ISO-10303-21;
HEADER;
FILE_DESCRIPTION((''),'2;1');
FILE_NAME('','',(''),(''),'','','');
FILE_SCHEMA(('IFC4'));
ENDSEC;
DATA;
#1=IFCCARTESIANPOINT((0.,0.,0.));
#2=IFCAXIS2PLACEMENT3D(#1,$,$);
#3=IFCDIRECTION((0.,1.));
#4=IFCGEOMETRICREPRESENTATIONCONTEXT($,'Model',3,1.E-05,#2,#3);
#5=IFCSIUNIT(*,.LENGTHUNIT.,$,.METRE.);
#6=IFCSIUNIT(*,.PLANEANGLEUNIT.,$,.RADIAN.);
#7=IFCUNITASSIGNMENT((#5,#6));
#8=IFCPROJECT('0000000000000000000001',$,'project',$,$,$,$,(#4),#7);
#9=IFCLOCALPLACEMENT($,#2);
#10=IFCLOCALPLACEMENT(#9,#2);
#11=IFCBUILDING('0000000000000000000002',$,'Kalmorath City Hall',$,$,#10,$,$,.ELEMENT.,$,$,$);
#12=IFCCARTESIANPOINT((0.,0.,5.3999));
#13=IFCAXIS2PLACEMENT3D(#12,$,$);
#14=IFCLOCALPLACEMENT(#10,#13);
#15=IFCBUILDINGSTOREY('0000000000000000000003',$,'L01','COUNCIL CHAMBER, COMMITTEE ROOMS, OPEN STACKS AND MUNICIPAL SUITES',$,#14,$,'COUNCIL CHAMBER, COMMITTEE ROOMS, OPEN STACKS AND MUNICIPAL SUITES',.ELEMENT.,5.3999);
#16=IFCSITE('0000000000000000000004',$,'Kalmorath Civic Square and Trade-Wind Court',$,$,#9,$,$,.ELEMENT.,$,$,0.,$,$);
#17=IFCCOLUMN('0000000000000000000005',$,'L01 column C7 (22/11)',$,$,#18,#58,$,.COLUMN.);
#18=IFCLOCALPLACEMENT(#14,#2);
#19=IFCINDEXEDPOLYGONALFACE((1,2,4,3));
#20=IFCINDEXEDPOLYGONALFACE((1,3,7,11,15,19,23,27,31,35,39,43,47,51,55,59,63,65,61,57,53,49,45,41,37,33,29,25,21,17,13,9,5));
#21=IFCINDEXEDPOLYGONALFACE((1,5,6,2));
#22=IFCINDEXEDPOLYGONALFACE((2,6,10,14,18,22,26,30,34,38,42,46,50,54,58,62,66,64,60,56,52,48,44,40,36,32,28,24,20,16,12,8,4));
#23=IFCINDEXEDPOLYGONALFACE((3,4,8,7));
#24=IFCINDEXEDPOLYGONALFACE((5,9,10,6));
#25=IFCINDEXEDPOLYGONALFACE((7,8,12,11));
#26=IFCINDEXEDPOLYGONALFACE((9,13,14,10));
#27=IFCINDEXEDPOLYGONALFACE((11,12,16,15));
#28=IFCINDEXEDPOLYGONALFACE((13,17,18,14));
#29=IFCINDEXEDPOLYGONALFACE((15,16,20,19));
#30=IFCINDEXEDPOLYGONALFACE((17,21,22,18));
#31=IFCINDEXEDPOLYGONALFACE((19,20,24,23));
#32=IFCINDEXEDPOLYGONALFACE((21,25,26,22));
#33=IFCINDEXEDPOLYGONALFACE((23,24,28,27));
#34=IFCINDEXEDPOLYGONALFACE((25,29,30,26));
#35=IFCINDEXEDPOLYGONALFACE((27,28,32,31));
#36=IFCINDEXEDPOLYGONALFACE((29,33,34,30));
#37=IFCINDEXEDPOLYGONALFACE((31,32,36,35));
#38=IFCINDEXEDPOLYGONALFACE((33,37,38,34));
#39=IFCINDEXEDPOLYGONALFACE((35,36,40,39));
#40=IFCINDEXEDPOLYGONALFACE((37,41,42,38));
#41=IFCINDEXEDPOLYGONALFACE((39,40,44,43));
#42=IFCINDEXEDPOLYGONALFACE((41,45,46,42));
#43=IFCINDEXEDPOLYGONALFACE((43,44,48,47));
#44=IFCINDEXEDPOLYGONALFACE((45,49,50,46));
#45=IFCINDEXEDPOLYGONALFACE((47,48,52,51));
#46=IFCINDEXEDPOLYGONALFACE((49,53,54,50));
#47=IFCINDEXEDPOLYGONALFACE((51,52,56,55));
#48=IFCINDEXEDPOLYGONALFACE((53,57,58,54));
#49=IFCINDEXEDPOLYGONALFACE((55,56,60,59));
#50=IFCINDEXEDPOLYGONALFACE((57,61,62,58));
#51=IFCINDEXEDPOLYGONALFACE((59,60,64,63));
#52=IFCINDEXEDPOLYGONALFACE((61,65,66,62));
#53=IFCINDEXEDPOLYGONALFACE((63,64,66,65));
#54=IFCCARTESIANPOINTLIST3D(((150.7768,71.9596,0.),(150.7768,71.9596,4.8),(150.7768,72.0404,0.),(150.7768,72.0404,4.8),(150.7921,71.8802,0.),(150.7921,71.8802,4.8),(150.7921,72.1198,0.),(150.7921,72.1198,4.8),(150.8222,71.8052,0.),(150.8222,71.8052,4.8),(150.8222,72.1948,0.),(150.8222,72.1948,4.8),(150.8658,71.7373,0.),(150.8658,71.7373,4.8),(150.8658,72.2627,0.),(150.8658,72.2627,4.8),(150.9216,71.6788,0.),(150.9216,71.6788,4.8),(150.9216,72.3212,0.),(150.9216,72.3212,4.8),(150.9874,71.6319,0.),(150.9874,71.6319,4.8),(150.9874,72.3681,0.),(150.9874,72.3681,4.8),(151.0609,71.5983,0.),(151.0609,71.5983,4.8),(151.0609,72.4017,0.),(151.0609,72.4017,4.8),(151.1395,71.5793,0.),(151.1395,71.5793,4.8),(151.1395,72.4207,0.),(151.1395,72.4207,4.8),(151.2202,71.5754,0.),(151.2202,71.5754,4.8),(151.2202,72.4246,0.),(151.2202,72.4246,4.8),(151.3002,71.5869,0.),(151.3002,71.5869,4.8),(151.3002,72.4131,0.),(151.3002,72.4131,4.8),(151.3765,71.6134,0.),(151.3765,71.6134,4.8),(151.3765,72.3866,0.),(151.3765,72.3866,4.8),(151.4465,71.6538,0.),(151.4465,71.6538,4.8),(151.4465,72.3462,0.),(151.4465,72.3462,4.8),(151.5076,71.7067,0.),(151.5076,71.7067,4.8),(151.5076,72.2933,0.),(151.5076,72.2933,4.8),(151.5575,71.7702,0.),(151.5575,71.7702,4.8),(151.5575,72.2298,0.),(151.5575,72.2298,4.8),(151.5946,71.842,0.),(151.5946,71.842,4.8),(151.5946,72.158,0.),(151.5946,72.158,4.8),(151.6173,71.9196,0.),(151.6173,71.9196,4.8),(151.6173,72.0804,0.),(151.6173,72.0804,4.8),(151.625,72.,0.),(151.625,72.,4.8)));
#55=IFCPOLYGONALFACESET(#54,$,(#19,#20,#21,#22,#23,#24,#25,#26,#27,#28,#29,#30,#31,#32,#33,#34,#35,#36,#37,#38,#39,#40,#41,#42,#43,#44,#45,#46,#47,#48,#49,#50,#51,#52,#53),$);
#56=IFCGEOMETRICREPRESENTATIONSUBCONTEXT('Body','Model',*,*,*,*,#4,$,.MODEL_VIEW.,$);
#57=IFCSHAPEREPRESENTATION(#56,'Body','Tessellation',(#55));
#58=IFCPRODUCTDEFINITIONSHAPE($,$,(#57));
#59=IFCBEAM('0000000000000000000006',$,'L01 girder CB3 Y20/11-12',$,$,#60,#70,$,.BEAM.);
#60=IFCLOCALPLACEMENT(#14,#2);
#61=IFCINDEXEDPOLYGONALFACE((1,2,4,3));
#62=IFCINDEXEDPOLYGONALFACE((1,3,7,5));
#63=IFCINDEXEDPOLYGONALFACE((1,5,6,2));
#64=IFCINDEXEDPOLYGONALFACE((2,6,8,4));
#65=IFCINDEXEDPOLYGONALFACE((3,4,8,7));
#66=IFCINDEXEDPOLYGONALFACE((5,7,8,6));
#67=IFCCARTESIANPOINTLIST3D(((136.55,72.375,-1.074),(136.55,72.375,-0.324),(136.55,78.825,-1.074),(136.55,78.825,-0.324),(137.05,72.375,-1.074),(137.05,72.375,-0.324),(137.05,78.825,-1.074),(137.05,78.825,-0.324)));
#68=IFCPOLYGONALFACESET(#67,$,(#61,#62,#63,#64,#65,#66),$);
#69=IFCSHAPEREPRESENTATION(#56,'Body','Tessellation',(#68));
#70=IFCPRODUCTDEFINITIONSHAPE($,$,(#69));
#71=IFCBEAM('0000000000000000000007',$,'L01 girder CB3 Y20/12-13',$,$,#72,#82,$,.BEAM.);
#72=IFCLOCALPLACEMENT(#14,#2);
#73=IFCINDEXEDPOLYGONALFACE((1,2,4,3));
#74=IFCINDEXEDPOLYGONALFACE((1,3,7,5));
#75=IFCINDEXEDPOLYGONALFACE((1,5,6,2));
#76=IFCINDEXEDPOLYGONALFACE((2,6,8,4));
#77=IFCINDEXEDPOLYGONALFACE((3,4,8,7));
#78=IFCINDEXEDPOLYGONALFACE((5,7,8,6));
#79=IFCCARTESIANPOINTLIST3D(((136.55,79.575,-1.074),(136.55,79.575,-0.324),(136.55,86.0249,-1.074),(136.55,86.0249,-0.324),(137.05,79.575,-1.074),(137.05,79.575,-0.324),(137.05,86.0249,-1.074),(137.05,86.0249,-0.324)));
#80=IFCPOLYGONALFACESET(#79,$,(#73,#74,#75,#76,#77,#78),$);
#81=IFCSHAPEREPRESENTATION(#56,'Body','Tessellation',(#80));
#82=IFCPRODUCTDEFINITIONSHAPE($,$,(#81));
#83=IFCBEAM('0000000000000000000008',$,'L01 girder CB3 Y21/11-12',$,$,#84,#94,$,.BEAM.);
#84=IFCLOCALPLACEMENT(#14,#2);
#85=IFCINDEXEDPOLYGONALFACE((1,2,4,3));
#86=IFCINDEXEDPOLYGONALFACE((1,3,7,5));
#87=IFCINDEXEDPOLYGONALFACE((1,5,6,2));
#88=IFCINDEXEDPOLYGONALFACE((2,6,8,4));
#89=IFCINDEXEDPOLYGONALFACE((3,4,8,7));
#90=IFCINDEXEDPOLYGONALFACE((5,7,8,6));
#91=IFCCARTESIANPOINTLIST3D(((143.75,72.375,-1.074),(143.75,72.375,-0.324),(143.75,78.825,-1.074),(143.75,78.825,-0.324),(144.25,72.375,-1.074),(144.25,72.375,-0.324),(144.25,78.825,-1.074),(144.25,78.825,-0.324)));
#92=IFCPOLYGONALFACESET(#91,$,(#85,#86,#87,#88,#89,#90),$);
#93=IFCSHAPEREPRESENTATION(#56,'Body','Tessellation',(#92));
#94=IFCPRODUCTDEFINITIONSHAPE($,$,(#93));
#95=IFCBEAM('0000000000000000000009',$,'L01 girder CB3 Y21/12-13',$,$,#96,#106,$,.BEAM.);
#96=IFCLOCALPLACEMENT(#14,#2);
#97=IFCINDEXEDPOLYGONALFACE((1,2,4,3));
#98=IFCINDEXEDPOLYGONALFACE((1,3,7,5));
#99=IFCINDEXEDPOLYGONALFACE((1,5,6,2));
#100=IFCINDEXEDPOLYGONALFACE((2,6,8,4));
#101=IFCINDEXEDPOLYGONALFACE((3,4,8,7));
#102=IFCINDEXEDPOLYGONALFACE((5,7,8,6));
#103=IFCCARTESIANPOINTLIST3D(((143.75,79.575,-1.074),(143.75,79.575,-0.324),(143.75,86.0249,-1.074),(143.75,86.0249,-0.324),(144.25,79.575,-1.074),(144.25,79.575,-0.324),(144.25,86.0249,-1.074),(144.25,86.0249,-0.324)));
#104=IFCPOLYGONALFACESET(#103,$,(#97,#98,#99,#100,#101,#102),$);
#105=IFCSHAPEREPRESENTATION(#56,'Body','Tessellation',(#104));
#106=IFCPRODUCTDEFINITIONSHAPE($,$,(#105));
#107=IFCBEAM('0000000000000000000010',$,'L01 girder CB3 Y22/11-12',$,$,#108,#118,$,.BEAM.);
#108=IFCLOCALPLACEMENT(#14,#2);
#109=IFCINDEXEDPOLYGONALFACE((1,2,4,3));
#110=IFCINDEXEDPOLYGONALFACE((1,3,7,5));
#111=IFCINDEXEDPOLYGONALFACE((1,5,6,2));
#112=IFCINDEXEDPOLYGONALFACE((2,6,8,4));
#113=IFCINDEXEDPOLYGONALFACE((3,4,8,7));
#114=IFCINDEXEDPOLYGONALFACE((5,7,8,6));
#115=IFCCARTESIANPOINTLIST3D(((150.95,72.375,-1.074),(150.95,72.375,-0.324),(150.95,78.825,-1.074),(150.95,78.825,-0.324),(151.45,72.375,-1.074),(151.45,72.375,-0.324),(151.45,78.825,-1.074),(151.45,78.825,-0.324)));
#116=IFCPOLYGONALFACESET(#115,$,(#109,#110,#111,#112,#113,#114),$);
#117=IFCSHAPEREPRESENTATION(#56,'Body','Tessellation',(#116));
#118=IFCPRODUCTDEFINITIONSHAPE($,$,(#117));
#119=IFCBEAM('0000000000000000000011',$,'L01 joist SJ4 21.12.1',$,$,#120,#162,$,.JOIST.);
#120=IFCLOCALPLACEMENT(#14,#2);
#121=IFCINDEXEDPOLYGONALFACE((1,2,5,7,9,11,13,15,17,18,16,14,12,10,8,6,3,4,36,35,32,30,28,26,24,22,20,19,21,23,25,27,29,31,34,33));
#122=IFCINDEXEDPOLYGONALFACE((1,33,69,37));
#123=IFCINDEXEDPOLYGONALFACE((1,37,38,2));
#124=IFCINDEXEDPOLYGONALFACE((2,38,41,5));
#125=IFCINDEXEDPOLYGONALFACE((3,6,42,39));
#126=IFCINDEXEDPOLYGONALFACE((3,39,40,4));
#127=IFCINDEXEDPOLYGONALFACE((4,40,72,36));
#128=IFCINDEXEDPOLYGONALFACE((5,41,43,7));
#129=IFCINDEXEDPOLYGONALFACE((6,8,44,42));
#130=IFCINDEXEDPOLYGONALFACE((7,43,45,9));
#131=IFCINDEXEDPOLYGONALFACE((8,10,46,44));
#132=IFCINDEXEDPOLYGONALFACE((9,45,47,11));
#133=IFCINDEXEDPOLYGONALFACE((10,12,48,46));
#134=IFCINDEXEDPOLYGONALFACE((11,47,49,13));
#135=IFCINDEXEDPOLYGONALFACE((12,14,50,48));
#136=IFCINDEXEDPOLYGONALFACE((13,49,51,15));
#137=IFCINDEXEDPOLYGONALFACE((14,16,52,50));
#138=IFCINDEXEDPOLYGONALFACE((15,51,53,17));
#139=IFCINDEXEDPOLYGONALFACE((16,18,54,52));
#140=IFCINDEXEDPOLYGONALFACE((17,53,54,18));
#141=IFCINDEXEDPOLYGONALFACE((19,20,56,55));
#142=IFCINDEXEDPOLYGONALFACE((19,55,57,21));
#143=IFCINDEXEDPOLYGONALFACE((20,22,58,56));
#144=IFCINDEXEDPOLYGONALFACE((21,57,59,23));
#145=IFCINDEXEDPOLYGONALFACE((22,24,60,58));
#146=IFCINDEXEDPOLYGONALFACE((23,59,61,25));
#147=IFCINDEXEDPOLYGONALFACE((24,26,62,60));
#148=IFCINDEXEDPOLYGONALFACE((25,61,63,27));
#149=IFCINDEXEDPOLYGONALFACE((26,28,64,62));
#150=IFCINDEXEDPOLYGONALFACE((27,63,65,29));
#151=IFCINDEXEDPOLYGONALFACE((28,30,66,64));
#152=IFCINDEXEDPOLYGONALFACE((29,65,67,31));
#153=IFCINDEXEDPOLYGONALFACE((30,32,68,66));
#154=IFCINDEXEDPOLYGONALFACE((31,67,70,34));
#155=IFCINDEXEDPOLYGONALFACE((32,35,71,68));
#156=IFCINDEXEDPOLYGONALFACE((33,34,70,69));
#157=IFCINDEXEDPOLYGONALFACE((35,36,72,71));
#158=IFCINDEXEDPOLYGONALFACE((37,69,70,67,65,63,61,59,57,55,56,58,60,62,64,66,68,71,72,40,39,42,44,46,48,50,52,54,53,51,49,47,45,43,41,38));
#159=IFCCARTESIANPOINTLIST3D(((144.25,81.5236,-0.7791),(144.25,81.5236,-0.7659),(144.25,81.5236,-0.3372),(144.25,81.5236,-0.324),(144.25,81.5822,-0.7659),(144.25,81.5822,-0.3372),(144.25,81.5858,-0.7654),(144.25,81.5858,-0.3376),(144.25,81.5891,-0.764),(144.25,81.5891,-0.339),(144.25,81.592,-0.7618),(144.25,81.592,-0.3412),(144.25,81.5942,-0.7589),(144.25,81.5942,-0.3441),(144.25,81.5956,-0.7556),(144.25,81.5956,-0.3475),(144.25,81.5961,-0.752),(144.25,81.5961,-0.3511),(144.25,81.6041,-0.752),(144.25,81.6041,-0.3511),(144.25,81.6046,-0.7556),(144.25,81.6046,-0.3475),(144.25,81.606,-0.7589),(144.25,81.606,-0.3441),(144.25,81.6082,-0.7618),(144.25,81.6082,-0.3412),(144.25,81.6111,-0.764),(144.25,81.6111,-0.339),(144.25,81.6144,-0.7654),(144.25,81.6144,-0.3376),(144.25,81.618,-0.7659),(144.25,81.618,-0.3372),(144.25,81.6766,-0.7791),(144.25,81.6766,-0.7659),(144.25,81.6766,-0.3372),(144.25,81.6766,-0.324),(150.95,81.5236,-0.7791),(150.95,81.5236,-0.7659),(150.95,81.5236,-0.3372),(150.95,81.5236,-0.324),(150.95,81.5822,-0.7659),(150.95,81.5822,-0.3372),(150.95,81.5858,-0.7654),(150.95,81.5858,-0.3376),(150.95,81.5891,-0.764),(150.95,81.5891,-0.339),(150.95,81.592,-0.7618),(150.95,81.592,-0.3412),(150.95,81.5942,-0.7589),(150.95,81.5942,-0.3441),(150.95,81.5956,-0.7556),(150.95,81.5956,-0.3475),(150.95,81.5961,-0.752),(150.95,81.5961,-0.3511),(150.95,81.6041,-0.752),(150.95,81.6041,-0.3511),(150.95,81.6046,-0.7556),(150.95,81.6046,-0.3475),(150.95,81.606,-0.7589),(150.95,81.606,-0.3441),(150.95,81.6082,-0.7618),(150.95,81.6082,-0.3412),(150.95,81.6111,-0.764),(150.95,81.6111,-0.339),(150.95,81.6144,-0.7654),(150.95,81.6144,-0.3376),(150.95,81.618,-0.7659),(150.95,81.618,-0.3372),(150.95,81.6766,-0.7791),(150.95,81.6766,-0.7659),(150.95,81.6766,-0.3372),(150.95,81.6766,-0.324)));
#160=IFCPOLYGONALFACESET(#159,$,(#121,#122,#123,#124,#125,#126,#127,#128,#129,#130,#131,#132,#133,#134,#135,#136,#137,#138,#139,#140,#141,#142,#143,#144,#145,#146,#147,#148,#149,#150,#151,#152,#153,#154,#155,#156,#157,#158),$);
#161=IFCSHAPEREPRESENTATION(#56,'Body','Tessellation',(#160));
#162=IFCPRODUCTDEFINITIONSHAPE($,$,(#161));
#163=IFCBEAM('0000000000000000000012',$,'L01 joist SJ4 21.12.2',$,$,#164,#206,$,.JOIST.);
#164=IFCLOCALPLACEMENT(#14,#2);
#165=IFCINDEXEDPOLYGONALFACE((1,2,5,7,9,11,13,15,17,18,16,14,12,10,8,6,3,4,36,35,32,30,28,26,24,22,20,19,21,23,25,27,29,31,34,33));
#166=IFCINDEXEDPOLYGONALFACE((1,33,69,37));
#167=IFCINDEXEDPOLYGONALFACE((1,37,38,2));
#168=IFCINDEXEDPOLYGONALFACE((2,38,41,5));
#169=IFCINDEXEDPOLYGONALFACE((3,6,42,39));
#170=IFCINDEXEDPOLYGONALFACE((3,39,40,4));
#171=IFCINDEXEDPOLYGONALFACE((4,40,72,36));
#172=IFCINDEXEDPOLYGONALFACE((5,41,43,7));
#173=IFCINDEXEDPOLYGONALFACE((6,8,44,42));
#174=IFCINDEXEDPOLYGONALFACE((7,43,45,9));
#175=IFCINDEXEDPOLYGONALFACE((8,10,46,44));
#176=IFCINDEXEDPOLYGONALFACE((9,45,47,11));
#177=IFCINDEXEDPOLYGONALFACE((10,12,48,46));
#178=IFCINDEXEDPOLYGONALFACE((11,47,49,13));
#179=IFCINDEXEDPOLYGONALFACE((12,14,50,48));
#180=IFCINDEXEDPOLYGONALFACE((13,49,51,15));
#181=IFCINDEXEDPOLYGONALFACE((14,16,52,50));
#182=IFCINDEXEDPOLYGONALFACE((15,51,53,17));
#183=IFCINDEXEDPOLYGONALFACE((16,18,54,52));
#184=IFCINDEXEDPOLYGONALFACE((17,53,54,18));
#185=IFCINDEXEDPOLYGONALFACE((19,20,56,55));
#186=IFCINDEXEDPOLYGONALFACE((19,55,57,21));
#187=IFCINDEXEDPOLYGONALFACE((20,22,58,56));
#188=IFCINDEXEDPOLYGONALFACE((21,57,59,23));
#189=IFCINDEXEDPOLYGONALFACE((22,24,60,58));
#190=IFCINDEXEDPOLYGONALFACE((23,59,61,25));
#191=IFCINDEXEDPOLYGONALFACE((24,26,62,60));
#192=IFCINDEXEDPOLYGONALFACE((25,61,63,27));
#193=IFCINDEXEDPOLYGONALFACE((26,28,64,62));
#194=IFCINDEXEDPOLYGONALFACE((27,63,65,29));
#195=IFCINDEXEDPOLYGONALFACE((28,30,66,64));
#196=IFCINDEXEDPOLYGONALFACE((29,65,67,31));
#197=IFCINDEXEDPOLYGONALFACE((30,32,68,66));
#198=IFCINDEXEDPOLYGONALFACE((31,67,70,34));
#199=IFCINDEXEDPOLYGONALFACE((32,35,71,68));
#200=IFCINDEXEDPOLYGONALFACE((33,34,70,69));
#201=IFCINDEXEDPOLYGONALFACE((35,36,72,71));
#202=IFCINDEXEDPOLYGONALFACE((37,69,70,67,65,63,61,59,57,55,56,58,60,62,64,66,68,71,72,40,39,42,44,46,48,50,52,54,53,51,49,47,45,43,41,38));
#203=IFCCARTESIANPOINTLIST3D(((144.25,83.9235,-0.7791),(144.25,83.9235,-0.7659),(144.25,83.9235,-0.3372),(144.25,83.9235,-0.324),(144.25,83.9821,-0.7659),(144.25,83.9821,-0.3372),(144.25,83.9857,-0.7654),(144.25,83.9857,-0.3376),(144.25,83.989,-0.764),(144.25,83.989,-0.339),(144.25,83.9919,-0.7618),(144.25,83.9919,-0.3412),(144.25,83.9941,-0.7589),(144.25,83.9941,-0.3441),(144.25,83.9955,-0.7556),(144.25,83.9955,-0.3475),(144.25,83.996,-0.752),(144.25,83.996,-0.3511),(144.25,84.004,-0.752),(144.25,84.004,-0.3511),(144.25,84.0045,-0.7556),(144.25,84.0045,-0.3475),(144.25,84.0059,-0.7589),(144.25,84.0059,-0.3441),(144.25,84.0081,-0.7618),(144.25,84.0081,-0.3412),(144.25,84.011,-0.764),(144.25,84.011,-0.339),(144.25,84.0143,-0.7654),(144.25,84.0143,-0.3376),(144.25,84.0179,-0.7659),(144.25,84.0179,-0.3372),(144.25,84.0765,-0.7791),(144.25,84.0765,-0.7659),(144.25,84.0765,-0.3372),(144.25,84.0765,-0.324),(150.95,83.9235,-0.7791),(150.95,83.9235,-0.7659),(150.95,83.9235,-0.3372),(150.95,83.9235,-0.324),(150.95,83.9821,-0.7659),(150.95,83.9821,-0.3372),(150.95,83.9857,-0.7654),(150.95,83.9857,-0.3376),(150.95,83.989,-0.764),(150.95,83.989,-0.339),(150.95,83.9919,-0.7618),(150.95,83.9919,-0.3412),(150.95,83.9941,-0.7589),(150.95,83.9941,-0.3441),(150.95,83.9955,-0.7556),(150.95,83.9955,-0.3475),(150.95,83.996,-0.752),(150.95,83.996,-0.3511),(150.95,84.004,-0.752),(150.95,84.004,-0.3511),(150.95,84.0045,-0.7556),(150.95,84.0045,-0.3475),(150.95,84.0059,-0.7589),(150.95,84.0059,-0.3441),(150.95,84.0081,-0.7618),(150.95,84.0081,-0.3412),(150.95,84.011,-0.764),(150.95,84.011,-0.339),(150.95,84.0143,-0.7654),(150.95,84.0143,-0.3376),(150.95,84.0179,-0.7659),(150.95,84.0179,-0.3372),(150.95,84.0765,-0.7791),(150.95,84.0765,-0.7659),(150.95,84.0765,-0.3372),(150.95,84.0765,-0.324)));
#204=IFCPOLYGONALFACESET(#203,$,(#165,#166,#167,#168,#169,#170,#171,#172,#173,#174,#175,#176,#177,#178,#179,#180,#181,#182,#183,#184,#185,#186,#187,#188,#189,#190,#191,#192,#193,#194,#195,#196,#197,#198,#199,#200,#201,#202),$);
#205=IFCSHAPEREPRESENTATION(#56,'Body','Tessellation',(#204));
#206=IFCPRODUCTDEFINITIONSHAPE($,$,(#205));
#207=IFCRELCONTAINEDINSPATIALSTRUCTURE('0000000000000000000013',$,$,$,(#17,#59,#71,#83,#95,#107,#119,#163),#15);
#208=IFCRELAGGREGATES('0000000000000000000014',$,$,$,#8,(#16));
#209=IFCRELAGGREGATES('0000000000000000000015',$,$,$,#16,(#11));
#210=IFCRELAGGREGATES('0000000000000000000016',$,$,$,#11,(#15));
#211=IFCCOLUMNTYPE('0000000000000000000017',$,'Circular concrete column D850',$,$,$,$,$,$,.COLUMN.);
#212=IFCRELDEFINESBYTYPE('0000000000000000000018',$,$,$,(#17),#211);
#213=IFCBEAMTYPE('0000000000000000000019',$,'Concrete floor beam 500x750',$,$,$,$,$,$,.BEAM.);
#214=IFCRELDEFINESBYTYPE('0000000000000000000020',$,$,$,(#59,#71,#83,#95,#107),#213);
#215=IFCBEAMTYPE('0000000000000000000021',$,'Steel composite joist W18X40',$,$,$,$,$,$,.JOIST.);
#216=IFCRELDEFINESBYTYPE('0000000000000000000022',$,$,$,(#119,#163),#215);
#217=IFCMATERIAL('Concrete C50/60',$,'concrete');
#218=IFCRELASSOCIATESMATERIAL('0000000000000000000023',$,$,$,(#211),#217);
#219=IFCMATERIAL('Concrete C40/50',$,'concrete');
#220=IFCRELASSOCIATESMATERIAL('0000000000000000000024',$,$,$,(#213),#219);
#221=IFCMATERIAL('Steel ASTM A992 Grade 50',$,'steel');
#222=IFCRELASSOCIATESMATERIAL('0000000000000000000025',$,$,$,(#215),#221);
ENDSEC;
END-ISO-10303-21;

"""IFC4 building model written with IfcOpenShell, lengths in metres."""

from ifc_helpers import new_model, si_unit, direction, frame, origin, origin_2d, place, context, subcontext, project, spatial, rectangle, circle, i_section, extrude, material, material_profile, profile_set, type_object, element, save


model = new_model("IFC4")

# Units and contexts
model_context = context("Model", 3, precision=1e-05, world=origin(), true_north=direction((0.0, 1.0)))
body_context = subcontext(model_context, "Body", "Model", "MODEL_VIEW")
ifc_project = project(units=[si_unit("LENGTHUNIT", "METRE"), si_unit("PLANEANGLEUNIT", "RADIAN")], contexts=[model_context])

# Site, building, storey
site_placement = place(None, origin())
site = spatial("IfcSite", under=ifc_project, at=site_placement, Name="Kalmorath Civic Square and Trade-Wind Court", CompositionType="ELEMENT", RefElevation=0.0)
building_placement = place(site_placement, origin())
building = spatial("IfcBuilding", under=site, at=building_placement, Name="Kalmorath City Hall", CompositionType="ELEMENT")
storey_placement = place(building_placement, frame((0.0, 0.0, 5.3999)))
storey = spatial("IfcBuildingStorey", under=building, at=storey_placement, Name="L01", Description="COUNCIL CHAMBER, COMMITTEE ROOMS, OPEN STACKS AND MUNICIPAL SUITES", LongName="COUNCIL CHAMBER, COMMITTEE ROOMS, OPEN STACKS AND MUNICIPAL SUITES", CompositionType="ELEMENT", Elevation=5.3999)

# Column
ifc_material_1 = material(Name="Concrete C50/60", Category="concrete")
ifc_material_profile_1 = material_profile(ifc_material_1, circle(Radius=0.425, at=origin_2d()), Name="RC-COL-D850")
ifc_profile_set_1 = profile_set([ifc_material_profile_1], Name="Concrete C50/60")
column_type = type_object("IfcColumnType", Name="Circular concrete column D850", PredefinedType="COLUMN", material=ifc_profile_set_1)
for number, where, z_axis, x_axis, name in (
    (1, (151.2, 72.0, 0.0), (0.0, 0.0, 1.0), (1.0, 0.0, 0.0), "L01 column C7 (22/11)"),
):
    element("IfcColumn", number, at=place(storey_placement, frame(where, z_axis=z_axis, x_axis=x_axis)), inside=storey, type_object=column_type, Name=name, PredefinedType="COLUMN", context=body_context, shape_type="SweptSolid", body=[
        extrude(circle(Radius=0.425, at=origin_2d()), origin(), (0.0, 0.0, 1.0), 4.8),
    ])

# Beams
ifc_material_2 = material(Name="Concrete C40/50", Category="concrete")
ifc_material_profile_2 = material_profile(ifc_material_2, rectangle(XDim=0.5, YDim=0.75, at=origin_2d()), Name="RC-BM-500X750")
ifc_profile_set_2 = profile_set([ifc_material_profile_2], Name="Concrete C40/50")
beam_type_1 = type_object("IfcBeamType", Name="Concrete floor beam 500x750", PredefinedType="BEAM", material=ifc_profile_set_2)
for number, where, z_axis, x_axis, name in (
    (2, (136.8, 72.375, -0.699), (0.0, 1.0, 0.0), (-1.0, 0.0, 0.0), "L01 girder CB3 Y20/11-12"),
    (3, (136.8, 79.575, -0.699), (0.0, 1.0, 0.0), (-1.0, 0.0, 0.0), "L01 girder CB3 Y20/12-13"),
    (4, (144.0, 72.375, -0.699), (0.0, 1.0, 0.0), (-1.0, 0.0, 0.0), "L01 girder CB3 Y21/11-12"),
    (5, (144.0, 79.575, -0.699), (0.0, 1.0, 0.0), (-1.0, 0.0, 0.0), "L01 girder CB3 Y21/12-13"),
    (6, (151.2, 72.375, -0.699), (0.0, 1.0, 0.0), (-1.0, 0.0, 0.0), "L01 girder CB3 Y22/11-12"),
):
    element("IfcBeam", number, at=place(storey_placement, frame(where, z_axis=z_axis, x_axis=x_axis)), inside=storey, type_object=beam_type_1, Name=name, PredefinedType="BEAM", context=body_context, shape_type="SweptSolid", body=[
        extrude(rectangle(XDim=0.5, YDim=0.75, at=origin_2d()), origin(), (0.0, 0.0, 1.0), 6.45),
    ])
ifc_material_3 = material(Name="Steel ASTM A992 Grade 50", Category="steel")
ifc_material_profile_3 = material_profile(ifc_material_3, i_section(OverallWidth=0.1531, OverallDepth=0.4551, WebThickness=0.0081, FlangeThickness=0.0132, FilletRadius=0.0139, at=origin_2d()), Name="W18X40")
ifc_profile_set_3 = profile_set([ifc_material_profile_3], Name="Steel ASTM A992 Grade 50")
beam_type_2 = type_object("IfcBeamType", Name="Steel composite joist W18X40", PredefinedType="JOIST", material=ifc_profile_set_3)
for number, where, z_axis, x_axis, name in (
    (7, (144.25, 81.6001, -0.5515), (1.0, 0.0, 0.0), (0.0, 1.0, 0.0), "L01 joist SJ4 21.12.1"),
    (8, (144.25, 84.0, -0.5515), (1.0, 0.0, 0.0), (0.0, 1.0, 0.0), "L01 joist SJ4 21.12.2"),
):
    element("IfcBeam", number, at=place(storey_placement, frame(where, z_axis=z_axis, x_axis=x_axis)), inside=storey, type_object=beam_type_2, Name=name, PredefinedType="JOIST", context=body_context, shape_type="SweptSolid", body=[
        extrude(i_section(OverallWidth=0.1531, OverallDepth=0.4551, WebThickness=0.0081, FlangeThickness=0.0132, FilletRadius=0.0139, at=origin_2d()), origin(), (0.0, 0.0, 1.0), 6.7),
    ])

save(model, "model.ifc")
